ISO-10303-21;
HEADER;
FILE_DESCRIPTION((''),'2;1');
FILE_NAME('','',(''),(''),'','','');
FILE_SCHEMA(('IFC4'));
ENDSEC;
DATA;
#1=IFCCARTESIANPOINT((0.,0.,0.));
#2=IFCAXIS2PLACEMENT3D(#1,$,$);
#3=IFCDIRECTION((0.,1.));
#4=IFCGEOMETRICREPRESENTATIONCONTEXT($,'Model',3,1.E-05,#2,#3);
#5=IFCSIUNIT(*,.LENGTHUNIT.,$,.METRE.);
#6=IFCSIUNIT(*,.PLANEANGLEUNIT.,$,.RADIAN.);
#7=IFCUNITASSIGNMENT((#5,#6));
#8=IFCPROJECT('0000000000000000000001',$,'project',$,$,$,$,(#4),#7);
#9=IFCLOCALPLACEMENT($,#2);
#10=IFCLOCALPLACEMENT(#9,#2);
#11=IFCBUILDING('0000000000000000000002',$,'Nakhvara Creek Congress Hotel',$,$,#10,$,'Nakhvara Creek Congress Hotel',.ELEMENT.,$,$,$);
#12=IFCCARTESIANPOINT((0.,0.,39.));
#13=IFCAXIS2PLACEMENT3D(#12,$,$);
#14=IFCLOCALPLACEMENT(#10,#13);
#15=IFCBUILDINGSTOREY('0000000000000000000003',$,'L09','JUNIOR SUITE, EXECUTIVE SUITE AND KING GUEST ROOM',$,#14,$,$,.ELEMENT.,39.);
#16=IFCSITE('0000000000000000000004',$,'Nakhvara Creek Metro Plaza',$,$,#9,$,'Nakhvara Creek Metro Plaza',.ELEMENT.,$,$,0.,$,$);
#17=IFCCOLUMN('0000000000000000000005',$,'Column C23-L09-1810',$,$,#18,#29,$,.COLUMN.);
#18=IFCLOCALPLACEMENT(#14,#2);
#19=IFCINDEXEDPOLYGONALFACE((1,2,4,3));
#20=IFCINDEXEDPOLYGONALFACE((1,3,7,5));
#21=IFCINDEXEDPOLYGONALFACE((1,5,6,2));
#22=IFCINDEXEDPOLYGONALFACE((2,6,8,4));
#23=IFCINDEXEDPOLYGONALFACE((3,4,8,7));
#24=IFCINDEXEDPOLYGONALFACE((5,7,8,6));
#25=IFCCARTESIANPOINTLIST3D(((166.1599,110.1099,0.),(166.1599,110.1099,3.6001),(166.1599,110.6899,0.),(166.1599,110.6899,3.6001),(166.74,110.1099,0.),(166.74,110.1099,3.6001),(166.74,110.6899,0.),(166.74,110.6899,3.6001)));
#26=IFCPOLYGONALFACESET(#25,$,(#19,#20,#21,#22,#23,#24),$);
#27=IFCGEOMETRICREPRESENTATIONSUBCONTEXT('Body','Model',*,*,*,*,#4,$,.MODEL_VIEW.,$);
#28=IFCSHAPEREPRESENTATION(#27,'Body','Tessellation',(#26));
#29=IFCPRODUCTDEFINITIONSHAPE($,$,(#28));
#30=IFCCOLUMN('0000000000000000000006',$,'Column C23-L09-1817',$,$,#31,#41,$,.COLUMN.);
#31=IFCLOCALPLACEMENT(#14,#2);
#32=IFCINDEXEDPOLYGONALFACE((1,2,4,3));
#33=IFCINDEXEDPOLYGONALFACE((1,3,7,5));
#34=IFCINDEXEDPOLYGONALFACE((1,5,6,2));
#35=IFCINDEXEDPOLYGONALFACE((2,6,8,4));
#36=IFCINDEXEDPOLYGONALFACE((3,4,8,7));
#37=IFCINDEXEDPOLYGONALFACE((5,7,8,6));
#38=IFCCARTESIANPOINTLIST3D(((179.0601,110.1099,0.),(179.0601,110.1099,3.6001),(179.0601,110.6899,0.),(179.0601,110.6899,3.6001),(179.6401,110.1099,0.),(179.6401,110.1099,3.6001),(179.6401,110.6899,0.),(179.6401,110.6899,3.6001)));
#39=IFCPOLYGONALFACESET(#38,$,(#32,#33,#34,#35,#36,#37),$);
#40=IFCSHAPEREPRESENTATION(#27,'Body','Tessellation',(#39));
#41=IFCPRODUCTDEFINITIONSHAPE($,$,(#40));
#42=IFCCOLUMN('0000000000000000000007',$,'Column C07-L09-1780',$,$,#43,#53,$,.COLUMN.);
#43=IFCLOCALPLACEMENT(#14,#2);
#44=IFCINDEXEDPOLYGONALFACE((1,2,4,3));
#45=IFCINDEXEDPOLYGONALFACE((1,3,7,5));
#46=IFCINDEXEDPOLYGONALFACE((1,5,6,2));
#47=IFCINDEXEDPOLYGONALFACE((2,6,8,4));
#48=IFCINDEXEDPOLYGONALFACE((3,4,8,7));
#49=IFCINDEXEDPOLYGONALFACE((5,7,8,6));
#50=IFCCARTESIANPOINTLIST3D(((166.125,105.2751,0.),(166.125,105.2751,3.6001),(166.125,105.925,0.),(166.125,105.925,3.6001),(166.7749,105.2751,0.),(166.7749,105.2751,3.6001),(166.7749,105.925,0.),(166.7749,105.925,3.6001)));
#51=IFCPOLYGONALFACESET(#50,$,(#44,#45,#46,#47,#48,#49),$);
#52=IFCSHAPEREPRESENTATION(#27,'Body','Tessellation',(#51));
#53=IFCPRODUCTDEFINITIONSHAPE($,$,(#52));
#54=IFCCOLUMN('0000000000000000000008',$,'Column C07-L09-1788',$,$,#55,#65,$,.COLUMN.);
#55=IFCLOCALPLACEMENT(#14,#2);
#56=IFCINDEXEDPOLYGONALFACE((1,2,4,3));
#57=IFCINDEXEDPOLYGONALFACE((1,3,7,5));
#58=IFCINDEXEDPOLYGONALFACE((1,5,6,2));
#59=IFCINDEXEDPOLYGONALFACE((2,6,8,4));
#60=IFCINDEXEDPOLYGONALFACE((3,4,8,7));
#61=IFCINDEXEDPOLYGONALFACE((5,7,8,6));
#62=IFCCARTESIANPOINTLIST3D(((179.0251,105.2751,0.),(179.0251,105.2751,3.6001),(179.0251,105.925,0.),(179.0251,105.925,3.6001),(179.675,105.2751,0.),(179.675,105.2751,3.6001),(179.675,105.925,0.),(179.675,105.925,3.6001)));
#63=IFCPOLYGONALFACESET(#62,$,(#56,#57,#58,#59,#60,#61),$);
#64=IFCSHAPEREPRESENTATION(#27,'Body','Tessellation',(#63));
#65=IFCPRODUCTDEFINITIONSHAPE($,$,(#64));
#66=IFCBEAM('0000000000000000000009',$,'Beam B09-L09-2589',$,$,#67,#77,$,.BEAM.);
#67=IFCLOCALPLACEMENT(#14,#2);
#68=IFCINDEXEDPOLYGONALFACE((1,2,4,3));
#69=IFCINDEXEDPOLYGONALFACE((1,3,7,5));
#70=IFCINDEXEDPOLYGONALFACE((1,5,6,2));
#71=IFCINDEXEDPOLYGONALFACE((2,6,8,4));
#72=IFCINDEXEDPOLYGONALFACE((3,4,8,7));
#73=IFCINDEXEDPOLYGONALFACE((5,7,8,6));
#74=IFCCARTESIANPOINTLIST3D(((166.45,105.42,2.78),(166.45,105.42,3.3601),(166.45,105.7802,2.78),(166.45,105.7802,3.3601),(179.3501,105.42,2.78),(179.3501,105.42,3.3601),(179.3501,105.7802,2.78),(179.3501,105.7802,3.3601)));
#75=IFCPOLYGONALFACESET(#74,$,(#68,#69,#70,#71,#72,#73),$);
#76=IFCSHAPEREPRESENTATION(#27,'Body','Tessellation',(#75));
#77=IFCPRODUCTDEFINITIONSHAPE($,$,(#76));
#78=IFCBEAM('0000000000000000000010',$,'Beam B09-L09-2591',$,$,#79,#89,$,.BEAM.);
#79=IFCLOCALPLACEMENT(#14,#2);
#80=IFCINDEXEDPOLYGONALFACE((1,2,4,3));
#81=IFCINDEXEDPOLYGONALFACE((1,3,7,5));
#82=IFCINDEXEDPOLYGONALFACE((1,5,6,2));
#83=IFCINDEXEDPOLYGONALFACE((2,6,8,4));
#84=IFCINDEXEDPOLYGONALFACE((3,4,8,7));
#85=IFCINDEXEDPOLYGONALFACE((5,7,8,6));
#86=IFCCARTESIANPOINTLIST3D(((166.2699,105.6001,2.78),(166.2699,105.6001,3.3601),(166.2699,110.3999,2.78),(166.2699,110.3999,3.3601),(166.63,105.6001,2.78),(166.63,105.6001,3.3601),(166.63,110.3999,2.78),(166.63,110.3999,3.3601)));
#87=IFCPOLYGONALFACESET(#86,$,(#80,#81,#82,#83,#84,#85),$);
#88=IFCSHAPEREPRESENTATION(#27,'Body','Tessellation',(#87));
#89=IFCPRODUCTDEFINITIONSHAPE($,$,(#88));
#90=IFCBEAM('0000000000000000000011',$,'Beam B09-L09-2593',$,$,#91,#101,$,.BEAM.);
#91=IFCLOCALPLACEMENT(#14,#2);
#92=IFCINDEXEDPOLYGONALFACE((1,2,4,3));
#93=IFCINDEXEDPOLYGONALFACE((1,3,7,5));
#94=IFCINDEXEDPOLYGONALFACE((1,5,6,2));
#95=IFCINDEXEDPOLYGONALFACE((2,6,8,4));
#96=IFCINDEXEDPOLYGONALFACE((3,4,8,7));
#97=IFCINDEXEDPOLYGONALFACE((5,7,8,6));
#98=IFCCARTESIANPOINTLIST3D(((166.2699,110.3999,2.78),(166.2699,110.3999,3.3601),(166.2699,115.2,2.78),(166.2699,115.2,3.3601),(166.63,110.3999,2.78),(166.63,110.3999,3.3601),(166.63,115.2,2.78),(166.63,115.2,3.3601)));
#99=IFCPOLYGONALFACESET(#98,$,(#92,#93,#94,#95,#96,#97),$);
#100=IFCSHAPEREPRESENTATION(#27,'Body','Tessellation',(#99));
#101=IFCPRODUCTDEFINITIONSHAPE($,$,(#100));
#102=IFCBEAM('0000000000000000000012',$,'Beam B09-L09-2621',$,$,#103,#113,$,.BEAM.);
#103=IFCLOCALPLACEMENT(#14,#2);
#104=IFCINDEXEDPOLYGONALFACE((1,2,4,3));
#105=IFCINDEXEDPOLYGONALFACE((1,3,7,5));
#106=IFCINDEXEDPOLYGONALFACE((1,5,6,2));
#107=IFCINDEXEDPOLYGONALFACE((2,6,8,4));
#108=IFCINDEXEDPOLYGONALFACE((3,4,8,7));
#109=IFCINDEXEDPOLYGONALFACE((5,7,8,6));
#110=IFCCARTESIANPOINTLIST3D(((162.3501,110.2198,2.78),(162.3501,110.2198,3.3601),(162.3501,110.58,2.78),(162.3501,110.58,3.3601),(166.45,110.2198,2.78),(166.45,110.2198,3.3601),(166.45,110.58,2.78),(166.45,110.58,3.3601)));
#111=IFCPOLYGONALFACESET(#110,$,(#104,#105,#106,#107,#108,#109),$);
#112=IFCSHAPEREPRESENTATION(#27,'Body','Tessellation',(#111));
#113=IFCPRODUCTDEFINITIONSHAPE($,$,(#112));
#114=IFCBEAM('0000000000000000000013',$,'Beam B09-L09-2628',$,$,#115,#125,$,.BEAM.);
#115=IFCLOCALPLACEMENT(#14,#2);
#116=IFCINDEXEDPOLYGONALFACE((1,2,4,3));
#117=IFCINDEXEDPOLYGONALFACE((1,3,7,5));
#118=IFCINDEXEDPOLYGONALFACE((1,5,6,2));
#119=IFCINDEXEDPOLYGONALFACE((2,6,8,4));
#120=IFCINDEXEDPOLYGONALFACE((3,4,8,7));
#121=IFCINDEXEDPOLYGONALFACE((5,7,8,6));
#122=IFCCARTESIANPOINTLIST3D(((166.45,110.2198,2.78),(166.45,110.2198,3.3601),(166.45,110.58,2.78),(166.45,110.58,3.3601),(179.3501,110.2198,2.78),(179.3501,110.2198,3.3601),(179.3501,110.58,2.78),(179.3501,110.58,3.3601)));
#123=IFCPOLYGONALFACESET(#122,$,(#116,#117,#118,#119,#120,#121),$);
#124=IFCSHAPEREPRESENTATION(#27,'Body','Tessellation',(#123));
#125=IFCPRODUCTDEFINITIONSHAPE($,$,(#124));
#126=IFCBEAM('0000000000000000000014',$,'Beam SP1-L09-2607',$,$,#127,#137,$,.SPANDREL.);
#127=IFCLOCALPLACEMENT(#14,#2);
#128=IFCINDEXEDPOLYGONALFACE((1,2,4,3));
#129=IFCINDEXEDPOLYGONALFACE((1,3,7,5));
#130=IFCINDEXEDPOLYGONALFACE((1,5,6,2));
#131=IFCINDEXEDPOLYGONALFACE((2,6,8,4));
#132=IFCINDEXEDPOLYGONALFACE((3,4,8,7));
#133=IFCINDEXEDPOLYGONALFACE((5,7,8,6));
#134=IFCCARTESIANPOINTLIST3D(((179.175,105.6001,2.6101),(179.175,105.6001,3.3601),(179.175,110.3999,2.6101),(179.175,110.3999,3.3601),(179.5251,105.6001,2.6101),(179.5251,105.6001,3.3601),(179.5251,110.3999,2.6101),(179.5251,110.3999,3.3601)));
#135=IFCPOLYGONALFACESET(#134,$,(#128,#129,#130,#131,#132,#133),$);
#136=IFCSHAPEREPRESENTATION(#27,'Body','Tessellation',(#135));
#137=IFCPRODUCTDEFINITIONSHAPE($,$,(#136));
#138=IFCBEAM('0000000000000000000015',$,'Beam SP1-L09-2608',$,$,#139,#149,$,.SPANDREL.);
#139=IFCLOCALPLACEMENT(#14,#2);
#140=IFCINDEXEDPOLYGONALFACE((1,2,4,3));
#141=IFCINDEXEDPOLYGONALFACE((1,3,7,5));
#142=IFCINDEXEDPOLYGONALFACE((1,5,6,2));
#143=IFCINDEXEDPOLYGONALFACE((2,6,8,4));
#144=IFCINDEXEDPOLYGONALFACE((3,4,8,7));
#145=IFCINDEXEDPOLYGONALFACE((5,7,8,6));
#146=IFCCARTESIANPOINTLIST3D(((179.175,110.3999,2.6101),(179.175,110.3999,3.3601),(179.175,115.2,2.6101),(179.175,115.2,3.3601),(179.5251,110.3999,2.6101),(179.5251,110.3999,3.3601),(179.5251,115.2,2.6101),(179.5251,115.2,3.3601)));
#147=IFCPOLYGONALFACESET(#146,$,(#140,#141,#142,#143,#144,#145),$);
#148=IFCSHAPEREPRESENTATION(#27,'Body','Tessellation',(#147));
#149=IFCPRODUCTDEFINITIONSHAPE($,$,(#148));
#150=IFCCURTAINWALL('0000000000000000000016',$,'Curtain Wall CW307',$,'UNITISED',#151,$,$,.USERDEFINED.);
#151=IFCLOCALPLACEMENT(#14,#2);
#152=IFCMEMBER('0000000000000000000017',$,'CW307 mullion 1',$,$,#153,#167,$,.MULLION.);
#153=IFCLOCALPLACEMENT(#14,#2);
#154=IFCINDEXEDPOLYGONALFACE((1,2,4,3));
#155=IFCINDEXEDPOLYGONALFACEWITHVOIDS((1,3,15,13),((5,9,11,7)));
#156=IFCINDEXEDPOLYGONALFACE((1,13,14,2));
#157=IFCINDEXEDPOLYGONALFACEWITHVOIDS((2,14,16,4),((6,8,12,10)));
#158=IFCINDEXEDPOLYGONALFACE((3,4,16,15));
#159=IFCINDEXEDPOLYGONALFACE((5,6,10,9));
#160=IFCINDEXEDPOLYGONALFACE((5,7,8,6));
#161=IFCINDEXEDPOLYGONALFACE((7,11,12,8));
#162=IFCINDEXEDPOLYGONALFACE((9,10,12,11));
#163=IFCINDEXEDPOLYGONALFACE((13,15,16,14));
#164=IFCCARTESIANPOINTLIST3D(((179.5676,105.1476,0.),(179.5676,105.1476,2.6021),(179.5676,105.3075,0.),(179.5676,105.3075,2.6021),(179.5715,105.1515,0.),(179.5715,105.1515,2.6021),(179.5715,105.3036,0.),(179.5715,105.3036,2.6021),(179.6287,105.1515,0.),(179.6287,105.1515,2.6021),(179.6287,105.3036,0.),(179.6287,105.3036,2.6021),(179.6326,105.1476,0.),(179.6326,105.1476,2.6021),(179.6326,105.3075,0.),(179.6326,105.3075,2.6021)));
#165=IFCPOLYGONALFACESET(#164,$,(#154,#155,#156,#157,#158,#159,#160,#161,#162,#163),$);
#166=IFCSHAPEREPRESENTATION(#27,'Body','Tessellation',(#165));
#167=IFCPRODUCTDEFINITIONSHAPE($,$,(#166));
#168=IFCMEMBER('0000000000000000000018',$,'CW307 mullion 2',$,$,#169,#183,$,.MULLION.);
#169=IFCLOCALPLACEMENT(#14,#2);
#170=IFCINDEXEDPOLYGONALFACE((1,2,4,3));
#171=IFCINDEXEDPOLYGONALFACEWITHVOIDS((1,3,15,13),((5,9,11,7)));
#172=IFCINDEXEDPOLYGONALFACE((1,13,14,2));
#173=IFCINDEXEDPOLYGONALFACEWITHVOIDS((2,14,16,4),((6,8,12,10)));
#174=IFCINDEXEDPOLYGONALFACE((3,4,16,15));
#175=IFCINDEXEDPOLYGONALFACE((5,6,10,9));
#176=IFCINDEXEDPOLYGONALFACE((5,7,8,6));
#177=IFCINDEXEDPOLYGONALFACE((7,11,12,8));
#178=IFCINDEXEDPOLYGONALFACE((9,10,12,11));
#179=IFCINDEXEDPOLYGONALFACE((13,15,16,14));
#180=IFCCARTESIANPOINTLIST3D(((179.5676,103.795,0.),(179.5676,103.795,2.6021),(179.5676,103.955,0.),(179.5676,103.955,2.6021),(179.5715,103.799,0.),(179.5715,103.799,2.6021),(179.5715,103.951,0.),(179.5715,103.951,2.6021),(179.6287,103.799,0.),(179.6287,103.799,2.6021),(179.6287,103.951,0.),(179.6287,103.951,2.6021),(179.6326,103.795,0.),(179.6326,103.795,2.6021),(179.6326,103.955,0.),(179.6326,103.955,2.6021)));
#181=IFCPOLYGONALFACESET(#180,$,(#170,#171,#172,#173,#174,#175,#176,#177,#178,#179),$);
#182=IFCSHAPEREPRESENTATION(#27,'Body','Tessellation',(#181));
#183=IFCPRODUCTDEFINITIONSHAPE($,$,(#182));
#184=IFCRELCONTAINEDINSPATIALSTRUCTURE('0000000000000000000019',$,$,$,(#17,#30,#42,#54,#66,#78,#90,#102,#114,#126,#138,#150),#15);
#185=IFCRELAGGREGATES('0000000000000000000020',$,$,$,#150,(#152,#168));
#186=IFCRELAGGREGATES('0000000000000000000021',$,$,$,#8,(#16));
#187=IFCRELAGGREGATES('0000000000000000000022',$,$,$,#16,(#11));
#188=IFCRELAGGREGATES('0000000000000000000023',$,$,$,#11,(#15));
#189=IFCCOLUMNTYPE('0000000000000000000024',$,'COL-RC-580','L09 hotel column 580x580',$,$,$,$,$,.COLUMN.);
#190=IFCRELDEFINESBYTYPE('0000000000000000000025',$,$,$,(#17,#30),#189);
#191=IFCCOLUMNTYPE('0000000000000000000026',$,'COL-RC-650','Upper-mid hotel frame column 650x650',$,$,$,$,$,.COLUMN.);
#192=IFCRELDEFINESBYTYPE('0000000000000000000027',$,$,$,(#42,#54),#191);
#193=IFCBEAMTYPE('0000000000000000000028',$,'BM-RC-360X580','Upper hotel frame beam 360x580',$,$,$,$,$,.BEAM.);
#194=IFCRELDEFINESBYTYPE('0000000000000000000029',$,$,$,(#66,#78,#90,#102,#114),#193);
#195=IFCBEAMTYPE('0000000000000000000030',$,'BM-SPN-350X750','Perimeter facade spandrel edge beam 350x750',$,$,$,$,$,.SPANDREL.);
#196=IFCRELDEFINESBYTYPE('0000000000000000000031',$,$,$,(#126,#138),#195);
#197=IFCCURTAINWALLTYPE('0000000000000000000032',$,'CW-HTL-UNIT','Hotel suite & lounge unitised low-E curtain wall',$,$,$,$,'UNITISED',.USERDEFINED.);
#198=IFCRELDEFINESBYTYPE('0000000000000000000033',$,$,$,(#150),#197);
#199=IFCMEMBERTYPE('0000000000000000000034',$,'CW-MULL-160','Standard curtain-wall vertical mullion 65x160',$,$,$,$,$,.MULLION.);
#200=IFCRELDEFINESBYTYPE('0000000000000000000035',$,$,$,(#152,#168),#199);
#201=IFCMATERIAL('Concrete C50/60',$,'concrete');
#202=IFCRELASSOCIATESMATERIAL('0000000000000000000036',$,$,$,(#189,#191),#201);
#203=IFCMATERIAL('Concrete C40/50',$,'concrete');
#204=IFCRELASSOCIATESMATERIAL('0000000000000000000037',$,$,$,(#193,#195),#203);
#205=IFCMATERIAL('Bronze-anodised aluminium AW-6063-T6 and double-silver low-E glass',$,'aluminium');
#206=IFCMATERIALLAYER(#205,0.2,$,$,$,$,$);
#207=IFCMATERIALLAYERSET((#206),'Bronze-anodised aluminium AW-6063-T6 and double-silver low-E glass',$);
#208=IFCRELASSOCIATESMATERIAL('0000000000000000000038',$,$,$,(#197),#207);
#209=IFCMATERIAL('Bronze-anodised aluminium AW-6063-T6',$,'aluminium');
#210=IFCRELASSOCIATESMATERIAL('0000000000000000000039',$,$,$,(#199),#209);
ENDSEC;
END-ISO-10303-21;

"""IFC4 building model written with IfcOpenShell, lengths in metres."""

from ifc_helpers import new_model, si_unit, direction, frame, origin, origin_2d, place, context, subcontext, project, spatial, rectangle, hollow_rectangle, extrude, material, layer, layer_set, material_profile, profile_set, type_object, element, aggregate, save


model = new_model("IFC4")

# Units and contexts
model_context = context("Model", 3, precision=1e-05, world=origin(), true_north=direction((0.0, 1.0)))
body_context = subcontext(model_context, "Body", "Model", "MODEL_VIEW")
ifc_project = project(units=[si_unit("LENGTHUNIT", "METRE"), si_unit("PLANEANGLEUNIT", "RADIAN")], contexts=[model_context])

# Site, building, storey
site_placement = place(None, origin())
site = spatial("IfcSite", under=ifc_project, at=site_placement, Name="Nakhvara Creek Metro Plaza", LongName="Nakhvara Creek Metro Plaza", CompositionType="ELEMENT", RefElevation=0.0)
building_placement = place(site_placement, origin())
building = spatial("IfcBuilding", under=site, at=building_placement, Name="Nakhvara Creek Congress Hotel", LongName="Nakhvara Creek Congress Hotel", CompositionType="ELEMENT")
storey_placement = place(building_placement, frame((0.0, 0.0, 39.0)))
storey = spatial("IfcBuildingStorey", under=building, at=storey_placement, Name="L09", Description="JUNIOR SUITE, EXECUTIVE SUITE AND KING GUEST ROOM", CompositionType="ELEMENT", Elevation=39.0)

# Columns
ifc_material_1 = material(Name="Concrete C50/60", Category="concrete")
ifc_material_profile_1 = material_profile(ifc_material_1, rectangle(XDim=0.5801, YDim=0.5801, at=origin_2d()), Name="RC-COL 580x580", Category="LoadBearing")
ifc_profile_set_1 = profile_set([ifc_material_profile_1], Name="Concrete C50/60")
column_type_1 = type_object("IfcColumnType", Name="COL-RC-580", Description="L09 hotel column 580x580", PredefinedType="COLUMN", material=ifc_profile_set_1)
for number, where, z_axis, x_axis, name in (
    (1, (166.45, 110.3999, 0.0), (0.0, 0.0, 1.0), (1.0, 0.0, 0.0), "Column C23-L09-1810"),
    (2, (179.3501, 110.3999, 0.0), (0.0, 0.0, 1.0), (1.0, 0.0, 0.0), "Column C23-L09-1817"),
):
    element("IfcColumn", number, at=place(storey_placement, frame(where, z_axis=z_axis, x_axis=x_axis)), inside=storey, type_object=column_type_1, Name=name, PredefinedType="COLUMN", context=body_context, shape_type="SweptSolid", body=[
        extrude(rectangle(XDim=0.5801, YDim=0.5801, at=origin_2d()), origin(), (0.0, 0.0, 1.0), 3.6001),
    ])
ifc_material_profile_2 = material_profile(ifc_material_1, rectangle(XDim=0.6499, YDim=0.6499, at=origin_2d()), Name="RC-COL 650x650", Category="LoadBearing")
ifc_profile_set_2 = profile_set([ifc_material_profile_2], Name="Concrete C50/60")
column_type_2 = type_object("IfcColumnType", Name="COL-RC-650", Description="Upper-mid hotel frame column 650x650", PredefinedType="COLUMN", material=ifc_profile_set_2)
for number, where, z_axis, x_axis, name in (
    (3, (166.45, 105.6001, 0.0), (0.0, 0.0, 1.0), (1.0, 0.0, 0.0), "Column C07-L09-1780"),
    (4, (179.3501, 105.6001, 0.0), (0.0, 0.0, 1.0), (1.0, 0.0, 0.0), "Column C07-L09-1788"),
):
    element("IfcColumn", number, at=place(storey_placement, frame(where, z_axis=z_axis, x_axis=x_axis)), inside=storey, type_object=column_type_2, Name=name, PredefinedType="COLUMN", context=body_context, shape_type="SweptSolid", body=[
        extrude(rectangle(XDim=0.6499, YDim=0.6499, at=origin_2d()), origin(), (0.0, 0.0, 1.0), 3.6001),
    ])

# Beams
ifc_material_2 = material(Name="Concrete C40/50", Category="concrete")
ifc_material_profile_3 = material_profile(ifc_material_2, rectangle(XDim=0.3601, YDim=0.5801, at=origin_2d()), Name="RC-BM 360x580", Category="LoadBearing")
ifc_profile_set_3 = profile_set([ifc_material_profile_3], Name="Concrete C40/50")
beam_type_1 = type_object("IfcBeamType", Name="BM-RC-360X580", Description="Upper hotel frame beam 360x580", PredefinedType="BEAM", material=ifc_profile_set_3)
beam_1_placement = place(storey_placement, frame((166.45, 105.6001, 3.0701), z_axis=(1.0, 0.0, 0.0), x_axis=(0.0, 1.0, 0.0)))
element("IfcBeam", 5, at=beam_1_placement, inside=storey, type_object=beam_type_1, Name="Beam B09-L09-2589", PredefinedType="BEAM", context=body_context, shape_type="SweptSolid", body=[
    extrude(rectangle(XDim=0.3601, YDim=0.5801, at=origin_2d()), origin(), (0.0, 0.0, 1.0), 12.9001),
])
beam_2_placement = place(storey_placement, frame((166.45, 105.6001, 3.0701), z_axis=(0.0, 1.0, 0.0), x_axis=(-1.0, 0.0, 0.0)))
element("IfcBeam", 6, at=beam_2_placement, inside=storey, type_object=beam_type_1, Name="Beam B09-L09-2591", PredefinedType="BEAM", context=body_context, shape_type="SweptSolid", body=[
    extrude(rectangle(XDim=0.3601, YDim=0.5801, at=origin_2d()), origin(), (0.0, 0.0, 1.0), 4.7998),
])
beam_3_placement = place(storey_placement, frame((166.45, 110.3999, 3.0701), z_axis=(0.0, 1.0, 0.0), x_axis=(-1.0, 0.0, 0.0)))
element("IfcBeam", 7, at=beam_3_placement, inside=storey, type_object=beam_type_1, Name="Beam B09-L09-2593", PredefinedType="BEAM", context=body_context, shape_type="SweptSolid", body=[
    extrude(rectangle(XDim=0.3601, YDim=0.5801, at=origin_2d()), origin(), (0.0, 0.0, 1.0), 4.8),
])
beam_4_placement = place(storey_placement, frame((162.3501, 110.3999, 3.0701), z_axis=(1.0, 0.0, 0.0), x_axis=(0.0, 1.0, 0.0)))
element("IfcBeam", 8, at=beam_4_placement, inside=storey, type_object=beam_type_1, Name="Beam B09-L09-2621", PredefinedType="BEAM", context=body_context, shape_type="SweptSolid", body=[
    extrude(rectangle(XDim=0.3601, YDim=0.5801, at=origin_2d()), origin(), (0.0, 0.0, 1.0), 4.0999),
])
beam_5_placement = place(storey_placement, frame((166.45, 110.3999, 3.0701), z_axis=(1.0, 0.0, 0.0), x_axis=(0.0, 1.0, 0.0)))
element("IfcBeam", 9, at=beam_5_placement, inside=storey, type_object=beam_type_1, Name="Beam B09-L09-2628", PredefinedType="BEAM", context=body_context, shape_type="SweptSolid", body=[
    extrude(rectangle(XDim=0.3601, YDim=0.5801, at=origin_2d()), origin(), (0.0, 0.0, 1.0), 12.9001),
])
ifc_material_profile_4 = material_profile(ifc_material_2, rectangle(XDim=0.3501, YDim=0.75, at=origin_2d()), Name="RC-SPANDREL 350x750", Category="LoadBearing")
ifc_profile_set_4 = profile_set([ifc_material_profile_4], Name="Concrete C40/50")
beam_type_2 = type_object("IfcBeamType", Name="BM-SPN-350X750", Description="Perimeter facade spandrel edge beam 350x750", PredefinedType="SPANDREL", material=ifc_profile_set_4)
beam_6_placement = place(storey_placement, frame((179.3501, 105.6001, 2.9851), z_axis=(0.0, 1.0, 0.0), x_axis=(-1.0, 0.0, 0.0)))
element("IfcBeam", 10, at=beam_6_placement, inside=storey, type_object=beam_type_2, Name="Beam SP1-L09-2607", PredefinedType="SPANDREL", context=body_context, shape_type="SweptSolid", body=[
    extrude(rectangle(XDim=0.3501, YDim=0.75, at=origin_2d()), origin(), (0.0, 0.0, 1.0), 4.7998),
])
beam_7_placement = place(storey_placement, frame((179.3501, 110.3999, 2.9851), z_axis=(0.0, 1.0, 0.0), x_axis=(-1.0, 0.0, 0.0)))
element("IfcBeam", 11, at=beam_7_placement, inside=storey, type_object=beam_type_2, Name="Beam SP1-L09-2608", PredefinedType="SPANDREL", context=body_context, shape_type="SweptSolid", body=[
    extrude(rectangle(XDim=0.3501, YDim=0.75, at=origin_2d()), origin(), (0.0, 0.0, 1.0), 4.8),
])

# Curtain wall, members
ifc_material_3 = material(Name="Bronze-anodised aluminium AW-6063-T6 and double-silver low-E glass", Category="aluminium")
ifc_layer_1 = layer(ifc_material_3, 0.2)
ifc_layer_set_1 = layer_set([ifc_layer_1], Name="Bronze-anodised aluminium AW-6063-T6 and double-silver low-E glass")
curtain_wall_type = type_object("IfcCurtainWallType", Name="CW-HTL-UNIT", Description="Hotel suite & lounge unitised low-E curtain wall", ElementType="UNITISED", PredefinedType="USERDEFINED", material=ifc_layer_set_1)
curtain_wall_1_placement = place(storey_placement, origin())
curtain_wall_1 = element("IfcCurtainWall", 12, at=curtain_wall_1_placement, inside=storey, type_object=curtain_wall_type, Name="Curtain Wall CW307", ObjectType="UNITISED", PredefinedType="USERDEFINED")
ifc_material_4 = material(Name="Bronze-anodised aluminium AW-6063-T6", Category="aluminium")
ifc_material_profile_5 = material_profile(ifc_material_4, hollow_rectangle(XDim=0.0649, YDim=0.1599, WallThickness=0.0039, at=origin_2d()), Name="ALU-MULL 65x160x4", Category="LoadBearing")
ifc_profile_set_5 = profile_set([ifc_material_profile_5], Name="Bronze-anodised aluminium AW-6063-T6")
member_type_1 = type_object("IfcMemberType", Name="CW-MULL-160", Description="Standard curtain-wall vertical mullion 65x160", PredefinedType="MULLION", material=ifc_profile_set_5)
member_1_placement = place(storey_placement, frame((179.6001, 105.2275, 0.0), z_axis=(0.0, 0.0, 1.0), x_axis=(1.0, 0.0, 0.0)))
member_1 = element("IfcMember", 13, at=member_1_placement, type_object=member_type_1, Name="CW307 mullion 1", PredefinedType="MULLION", context=body_context, shape_type="SweptSolid", body=[
    extrude(hollow_rectangle(XDim=0.0649, YDim=0.1599, WallThickness=0.0039, at=origin_2d()), origin(), (0.0, 0.0, 1.0), 2.6021),
])
member_2_placement = place(storey_placement, frame((179.6001, 103.875, 0.0), z_axis=(0.0, 0.0, 1.0), x_axis=(1.0, 0.0, 0.0)))
member_2 = element("IfcMember", 14, at=member_2_placement, type_object=member_type_1, Name="CW307 mullion 2", PredefinedType="MULLION", context=body_context, shape_type="SweptSolid", body=[
    extrude(hollow_rectangle(XDim=0.0649, YDim=0.1599, WallThickness=0.0039, at=origin_2d()), origin(), (0.0, 0.0, 1.0), 2.6021),
])

aggregate(curtain_wall_1, [member_1, member_2])

save(model, "model.ifc")
